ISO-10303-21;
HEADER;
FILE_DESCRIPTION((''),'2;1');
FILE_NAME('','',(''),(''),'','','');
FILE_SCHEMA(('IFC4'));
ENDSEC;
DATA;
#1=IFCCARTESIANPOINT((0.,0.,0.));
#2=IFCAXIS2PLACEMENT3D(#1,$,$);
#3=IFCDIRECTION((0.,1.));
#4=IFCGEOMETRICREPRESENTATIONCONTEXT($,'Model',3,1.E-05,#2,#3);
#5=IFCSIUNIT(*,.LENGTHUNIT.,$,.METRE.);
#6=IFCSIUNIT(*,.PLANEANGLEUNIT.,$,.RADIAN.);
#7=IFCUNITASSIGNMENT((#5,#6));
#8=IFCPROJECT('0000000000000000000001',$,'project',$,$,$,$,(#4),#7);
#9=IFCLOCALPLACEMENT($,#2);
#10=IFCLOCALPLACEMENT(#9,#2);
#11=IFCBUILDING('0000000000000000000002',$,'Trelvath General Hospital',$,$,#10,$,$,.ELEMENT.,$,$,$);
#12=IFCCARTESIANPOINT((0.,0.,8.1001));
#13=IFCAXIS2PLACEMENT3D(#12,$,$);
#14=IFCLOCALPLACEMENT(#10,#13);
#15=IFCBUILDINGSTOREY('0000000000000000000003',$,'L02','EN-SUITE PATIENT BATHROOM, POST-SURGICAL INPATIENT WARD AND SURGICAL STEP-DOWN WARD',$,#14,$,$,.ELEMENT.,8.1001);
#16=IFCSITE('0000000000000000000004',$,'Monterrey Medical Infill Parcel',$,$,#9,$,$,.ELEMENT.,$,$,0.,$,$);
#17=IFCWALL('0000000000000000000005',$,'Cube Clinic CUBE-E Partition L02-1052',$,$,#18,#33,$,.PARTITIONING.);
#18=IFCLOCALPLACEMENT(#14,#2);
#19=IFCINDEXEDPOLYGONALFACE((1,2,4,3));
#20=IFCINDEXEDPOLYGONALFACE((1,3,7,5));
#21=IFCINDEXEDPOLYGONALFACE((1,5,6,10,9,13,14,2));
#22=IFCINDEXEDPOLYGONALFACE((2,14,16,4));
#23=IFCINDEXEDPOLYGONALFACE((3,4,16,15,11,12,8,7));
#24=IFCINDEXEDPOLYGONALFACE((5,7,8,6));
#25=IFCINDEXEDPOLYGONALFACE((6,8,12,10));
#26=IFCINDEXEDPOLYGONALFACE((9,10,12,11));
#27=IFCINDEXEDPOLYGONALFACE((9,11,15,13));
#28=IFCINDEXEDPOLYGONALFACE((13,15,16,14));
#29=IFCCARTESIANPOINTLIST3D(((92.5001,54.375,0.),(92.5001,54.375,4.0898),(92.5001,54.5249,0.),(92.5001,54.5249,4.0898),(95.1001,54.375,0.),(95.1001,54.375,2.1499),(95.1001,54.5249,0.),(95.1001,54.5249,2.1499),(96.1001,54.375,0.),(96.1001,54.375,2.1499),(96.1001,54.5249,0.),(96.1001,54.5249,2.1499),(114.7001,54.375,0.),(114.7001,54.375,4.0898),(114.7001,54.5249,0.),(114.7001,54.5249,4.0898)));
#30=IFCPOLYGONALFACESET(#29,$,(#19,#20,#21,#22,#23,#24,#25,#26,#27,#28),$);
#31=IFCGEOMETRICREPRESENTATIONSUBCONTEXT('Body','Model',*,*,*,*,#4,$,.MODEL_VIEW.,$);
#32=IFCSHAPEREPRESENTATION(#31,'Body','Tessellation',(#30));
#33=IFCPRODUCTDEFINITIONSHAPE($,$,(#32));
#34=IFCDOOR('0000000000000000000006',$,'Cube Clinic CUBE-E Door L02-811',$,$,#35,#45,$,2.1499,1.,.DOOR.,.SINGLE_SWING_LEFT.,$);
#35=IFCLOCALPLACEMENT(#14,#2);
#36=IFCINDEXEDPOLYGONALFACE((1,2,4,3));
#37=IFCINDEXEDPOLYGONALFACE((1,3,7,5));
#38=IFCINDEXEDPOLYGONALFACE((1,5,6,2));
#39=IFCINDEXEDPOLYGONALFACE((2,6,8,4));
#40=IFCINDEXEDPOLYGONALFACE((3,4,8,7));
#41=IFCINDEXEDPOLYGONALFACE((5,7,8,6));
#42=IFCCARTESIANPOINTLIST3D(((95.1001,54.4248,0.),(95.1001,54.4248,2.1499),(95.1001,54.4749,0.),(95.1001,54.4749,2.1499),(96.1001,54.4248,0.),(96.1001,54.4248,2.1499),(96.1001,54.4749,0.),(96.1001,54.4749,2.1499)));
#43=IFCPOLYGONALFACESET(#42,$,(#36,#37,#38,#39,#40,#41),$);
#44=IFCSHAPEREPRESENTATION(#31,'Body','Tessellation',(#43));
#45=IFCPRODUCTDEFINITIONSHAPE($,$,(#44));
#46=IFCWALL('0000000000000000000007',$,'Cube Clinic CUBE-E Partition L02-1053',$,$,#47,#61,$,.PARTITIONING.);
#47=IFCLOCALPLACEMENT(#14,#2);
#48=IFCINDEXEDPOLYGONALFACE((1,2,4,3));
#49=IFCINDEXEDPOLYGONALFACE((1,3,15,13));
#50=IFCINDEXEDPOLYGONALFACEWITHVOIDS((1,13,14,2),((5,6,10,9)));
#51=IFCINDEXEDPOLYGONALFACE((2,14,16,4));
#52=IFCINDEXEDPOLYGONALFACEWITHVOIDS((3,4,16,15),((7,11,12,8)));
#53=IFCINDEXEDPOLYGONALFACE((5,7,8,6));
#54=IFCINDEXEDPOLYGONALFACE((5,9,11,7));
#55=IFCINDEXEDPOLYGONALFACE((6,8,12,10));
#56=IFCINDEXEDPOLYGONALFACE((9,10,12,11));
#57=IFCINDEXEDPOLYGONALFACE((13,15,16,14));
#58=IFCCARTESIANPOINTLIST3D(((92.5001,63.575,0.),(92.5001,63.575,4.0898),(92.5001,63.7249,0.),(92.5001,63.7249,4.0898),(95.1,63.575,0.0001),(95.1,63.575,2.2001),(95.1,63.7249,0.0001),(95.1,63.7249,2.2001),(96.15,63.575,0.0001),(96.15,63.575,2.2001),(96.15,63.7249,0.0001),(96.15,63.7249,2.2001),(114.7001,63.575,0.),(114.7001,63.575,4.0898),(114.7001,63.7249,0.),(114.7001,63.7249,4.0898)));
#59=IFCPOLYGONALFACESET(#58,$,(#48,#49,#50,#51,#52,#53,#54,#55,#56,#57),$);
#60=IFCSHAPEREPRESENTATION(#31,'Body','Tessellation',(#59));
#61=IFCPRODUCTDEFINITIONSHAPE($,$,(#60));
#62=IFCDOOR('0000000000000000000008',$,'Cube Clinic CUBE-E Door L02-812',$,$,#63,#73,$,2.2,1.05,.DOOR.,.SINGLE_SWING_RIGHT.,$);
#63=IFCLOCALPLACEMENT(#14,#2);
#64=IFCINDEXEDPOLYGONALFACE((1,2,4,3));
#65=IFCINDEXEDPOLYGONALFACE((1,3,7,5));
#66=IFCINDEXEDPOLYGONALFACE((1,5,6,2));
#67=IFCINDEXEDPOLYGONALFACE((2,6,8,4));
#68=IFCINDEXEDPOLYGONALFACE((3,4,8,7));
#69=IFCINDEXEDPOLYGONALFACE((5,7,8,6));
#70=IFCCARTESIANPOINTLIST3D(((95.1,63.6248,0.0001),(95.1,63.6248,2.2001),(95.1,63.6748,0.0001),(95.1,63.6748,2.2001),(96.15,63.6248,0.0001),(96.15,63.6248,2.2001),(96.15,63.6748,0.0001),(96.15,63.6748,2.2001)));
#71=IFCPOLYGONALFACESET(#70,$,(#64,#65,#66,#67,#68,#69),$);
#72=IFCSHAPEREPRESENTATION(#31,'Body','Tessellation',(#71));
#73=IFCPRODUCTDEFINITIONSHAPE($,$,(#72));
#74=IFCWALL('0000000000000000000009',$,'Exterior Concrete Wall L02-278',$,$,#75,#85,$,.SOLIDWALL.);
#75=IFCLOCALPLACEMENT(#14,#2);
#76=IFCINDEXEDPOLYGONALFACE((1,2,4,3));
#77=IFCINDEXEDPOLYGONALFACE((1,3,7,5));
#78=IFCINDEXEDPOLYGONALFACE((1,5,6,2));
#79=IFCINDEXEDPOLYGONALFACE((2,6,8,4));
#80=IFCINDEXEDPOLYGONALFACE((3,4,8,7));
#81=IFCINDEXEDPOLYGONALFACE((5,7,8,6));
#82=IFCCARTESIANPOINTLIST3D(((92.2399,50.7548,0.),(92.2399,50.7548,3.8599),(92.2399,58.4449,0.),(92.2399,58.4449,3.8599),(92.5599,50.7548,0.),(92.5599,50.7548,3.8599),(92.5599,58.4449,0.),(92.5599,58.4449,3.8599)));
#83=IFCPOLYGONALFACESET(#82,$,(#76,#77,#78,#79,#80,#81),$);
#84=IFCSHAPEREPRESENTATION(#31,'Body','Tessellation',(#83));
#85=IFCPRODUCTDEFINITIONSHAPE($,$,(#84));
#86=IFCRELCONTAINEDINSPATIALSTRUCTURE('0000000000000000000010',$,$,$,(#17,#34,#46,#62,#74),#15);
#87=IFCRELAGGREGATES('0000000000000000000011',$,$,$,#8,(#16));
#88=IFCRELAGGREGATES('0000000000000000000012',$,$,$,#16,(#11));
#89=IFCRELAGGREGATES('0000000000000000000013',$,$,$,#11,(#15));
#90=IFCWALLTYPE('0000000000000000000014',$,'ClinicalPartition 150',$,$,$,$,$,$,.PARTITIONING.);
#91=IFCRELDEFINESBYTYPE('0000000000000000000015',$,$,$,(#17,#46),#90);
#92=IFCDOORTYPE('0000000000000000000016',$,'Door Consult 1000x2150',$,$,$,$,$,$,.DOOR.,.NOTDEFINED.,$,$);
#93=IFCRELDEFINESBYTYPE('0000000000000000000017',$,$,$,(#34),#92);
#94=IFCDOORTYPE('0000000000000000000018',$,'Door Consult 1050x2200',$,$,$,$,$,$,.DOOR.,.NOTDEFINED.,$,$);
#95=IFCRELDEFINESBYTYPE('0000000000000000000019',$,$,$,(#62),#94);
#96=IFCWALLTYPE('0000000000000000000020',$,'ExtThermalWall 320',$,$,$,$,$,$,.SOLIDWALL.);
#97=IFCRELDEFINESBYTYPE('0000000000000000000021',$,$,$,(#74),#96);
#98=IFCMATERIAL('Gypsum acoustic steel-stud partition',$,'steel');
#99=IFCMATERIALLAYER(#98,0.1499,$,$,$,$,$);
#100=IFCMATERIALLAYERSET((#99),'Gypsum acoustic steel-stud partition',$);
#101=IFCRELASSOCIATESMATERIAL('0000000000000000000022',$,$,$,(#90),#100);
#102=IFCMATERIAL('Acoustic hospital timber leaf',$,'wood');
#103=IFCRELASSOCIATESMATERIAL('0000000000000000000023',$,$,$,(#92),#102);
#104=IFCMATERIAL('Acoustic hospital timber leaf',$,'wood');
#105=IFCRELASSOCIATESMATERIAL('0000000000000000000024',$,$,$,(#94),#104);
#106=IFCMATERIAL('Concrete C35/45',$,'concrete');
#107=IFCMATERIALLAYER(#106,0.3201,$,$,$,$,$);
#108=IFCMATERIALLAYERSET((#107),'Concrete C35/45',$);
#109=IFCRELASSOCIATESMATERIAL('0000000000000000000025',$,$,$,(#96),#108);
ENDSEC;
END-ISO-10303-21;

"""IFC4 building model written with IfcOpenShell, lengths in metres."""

from ifc_helpers import new_model, si_unit, direction, frame, frame_2d, origin, place, context, subcontext, project, spatial, rectangle, extrude, material, layer, layer_set, type_object, element, fill, save


model = new_model("IFC4")

# Units and contexts
model_context = context("Model", 3, precision=1e-05, world=origin(), true_north=direction((0.0, 1.0)))
body_context = subcontext(model_context, "Body", "Model", "MODEL_VIEW")
ifc_project = project(units=[si_unit("LENGTHUNIT", "METRE"), si_unit("PLANEANGLEUNIT", "RADIAN")], contexts=[model_context])

# Site, building, storey
site_placement = place(None, origin())
site = spatial("IfcSite", under=ifc_project, at=site_placement, Name="Monterrey Medical Infill Parcel", CompositionType="ELEMENT", RefElevation=0.0)
building_placement = place(site_placement, origin())
building = spatial("IfcBuilding", under=site, at=building_placement, Name="Trelvath General Hospital", CompositionType="ELEMENT")
storey_placement = place(building_placement, frame((0.0, 0.0, 8.1001)))
storey = spatial("IfcBuildingStorey", under=building, at=storey_placement, Name="L02", Description="EN-SUITE PATIENT BATHROOM, POST-SURGICAL INPATIENT WARD AND SURGICAL STEP-DOWN WARD", CompositionType="ELEMENT", Elevation=8.1001)

# Walls, openings, doors
ifc_material_1 = material(Name="Gypsum acoustic steel-stud partition", Category="steel")
ifc_layer_1 = layer(ifc_material_1, 0.1499)
ifc_layer_set_1 = layer_set([ifc_layer_1], Name="Gypsum acoustic steel-stud partition")
wall_type_1 = type_object("IfcWallType", Name="ClinicalPartition 150", PredefinedType="PARTITIONING", material=ifc_layer_set_1)
wall_1_placement = place(storey_placement, frame((92.5, 54.45, 0.0), z_axis=(0.0, 0.0, 1.0), x_axis=(1.0, 0.0, 0.0)))
wall_1 = element("IfcWall", 1, at=wall_1_placement, inside=storey, type_object=wall_type_1, Name="Cube Clinic CUBE-E Partition L02-1052", PredefinedType="PARTITIONING", context=body_context, shape_type="SweptSolid", body=[
    extrude(rectangle(XDim=22.2, YDim=0.1499, at=frame_2d((11.1001, 0.0))), origin(), (0.0, 0.0, 1.0), 4.0898),
])
opening_1_placement = place(wall_1_placement, frame((2.6001, 0.0, 0.0)))
opening_1 = element("IfcOpeningElement", 2, at=opening_1_placement, cuts=wall_1, PredefinedType="OPENING", context=body_context, shape_type="SweptSolid", body=[
    extrude(rectangle(XDim=1.0, YDim=2.1499, at=frame_2d((0.5, 1.075))), frame((0.0, 0.085, 0.0), z_axis=(0.0, -1.0, 0.0), x_axis=(1.0, 0.0, 0.0)), (0.0, 0.0, 1.0), 0.1699),
])
ifc_material_2 = material(Name="Acoustic hospital timber leaf", Category="wood")
door_type_1 = type_object("IfcDoorType", Name="Door Consult 1000x2150", OperationType="NOTDEFINED", PredefinedType="DOOR", material=ifc_material_2)
door_1_placement = place(opening_1_placement, origin())
door_1 = element("IfcDoor", 3, at=door_1_placement, inside=storey, type_object=door_type_1, Name="Cube Clinic CUBE-E Door L02-811", OperationType="SINGLE_SWING_LEFT", OverallHeight=2.1499, OverallWidth=1.0, PredefinedType="DOOR", context=body_context, shape_type="SweptSolid", body=[
    extrude(rectangle(XDim=1.0, YDim=2.1499, at=frame_2d((0.5, 1.075))), frame((0.0, 0.0249, 0.0), z_axis=(0.0, -1.0, 0.0), x_axis=(1.0, 0.0, 0.0)), (0.0, 0.0, 1.0), 0.05),
])
fill(opening_1, door_1)
wall_2_placement = place(storey_placement, frame((92.5, 63.6499, 0.0), z_axis=(0.0, 0.0, 1.0), x_axis=(1.0, 0.0, 0.0)))
wall_2 = element("IfcWall", 4, at=wall_2_placement, inside=storey, type_object=wall_type_1, Name="Cube Clinic CUBE-E Partition L02-1053", PredefinedType="PARTITIONING", context=body_context, shape_type="SweptSolid", body=[
    extrude(rectangle(XDim=22.2, YDim=0.1499, at=frame_2d((11.1001, 0.0))), origin(), (0.0, 0.0, 1.0), 4.0898),
])
opening_2_placement = place(wall_2_placement, frame((2.6001, 0.0, 0.0)))
opening_2 = element("IfcOpeningElement", 5, at=opening_2_placement, cuts=wall_2, PredefinedType="OPENING", context=body_context, shape_type="SweptSolid", body=[
    extrude(rectangle(XDim=1.05, YDim=2.2, at=frame_2d((0.5249, 1.1001))), frame((0.0, 0.085, 0.0), z_axis=(0.0, -1.0, 0.0), x_axis=(1.0, 0.0, 0.0)), (0.0, 0.0, 1.0), 0.1699),
])
ifc_material_3 = material(Name="Acoustic hospital timber leaf", Category="wood")
door_type_2 = type_object("IfcDoorType", Name="Door Consult 1050x2200", OperationType="NOTDEFINED", PredefinedType="DOOR", material=ifc_material_3)
door_2_placement = place(opening_2_placement, origin())
door_2 = element("IfcDoor", 6, at=door_2_placement, inside=storey, type_object=door_type_2, Name="Cube Clinic CUBE-E Door L02-812", OperationType="SINGLE_SWING_RIGHT", OverallHeight=2.2, OverallWidth=1.05, PredefinedType="DOOR", context=body_context, shape_type="SweptSolid", body=[
    extrude(rectangle(XDim=1.05, YDim=2.2, at=frame_2d((0.5249, 1.1001))), frame((0.0, 0.0249, 0.0), z_axis=(0.0, -1.0, 0.0), x_axis=(1.0, 0.0, 0.0)), (0.0, 0.0, 1.0), 0.05),
])
fill(opening_2, door_2)

# Wall
ifc_material_4 = material(Name="Concrete C35/45", Category="concrete")
ifc_layer_2 = layer(ifc_material_4, 0.3201)
ifc_layer_set_2 = layer_set([ifc_layer_2], Name="Concrete C35/45")
wall_type_2 = type_object("IfcWallType", Name="ExtThermalWall 320", PredefinedType="SOLIDWALL", material=ifc_layer_set_2)
wall_3_placement = place(storey_placement, frame((92.3999, 58.4451, 0.0), z_axis=(0.0, 0.0, 1.0), x_axis=(0.0, -1.0, 0.0)))
element("IfcWall", 7, at=wall_3_placement, inside=storey, type_object=wall_type_2, Name="Exterior Concrete Wall L02-278", PredefinedType="SOLIDWALL", context=body_context, shape_type="SweptSolid", body=[
    extrude(rectangle(XDim=7.6902, YDim=0.3201, at=frame_2d((3.8452, 0.0))), origin(), (0.0, 0.0, 1.0), 3.8599),
])

save(model, "model.ifc")
